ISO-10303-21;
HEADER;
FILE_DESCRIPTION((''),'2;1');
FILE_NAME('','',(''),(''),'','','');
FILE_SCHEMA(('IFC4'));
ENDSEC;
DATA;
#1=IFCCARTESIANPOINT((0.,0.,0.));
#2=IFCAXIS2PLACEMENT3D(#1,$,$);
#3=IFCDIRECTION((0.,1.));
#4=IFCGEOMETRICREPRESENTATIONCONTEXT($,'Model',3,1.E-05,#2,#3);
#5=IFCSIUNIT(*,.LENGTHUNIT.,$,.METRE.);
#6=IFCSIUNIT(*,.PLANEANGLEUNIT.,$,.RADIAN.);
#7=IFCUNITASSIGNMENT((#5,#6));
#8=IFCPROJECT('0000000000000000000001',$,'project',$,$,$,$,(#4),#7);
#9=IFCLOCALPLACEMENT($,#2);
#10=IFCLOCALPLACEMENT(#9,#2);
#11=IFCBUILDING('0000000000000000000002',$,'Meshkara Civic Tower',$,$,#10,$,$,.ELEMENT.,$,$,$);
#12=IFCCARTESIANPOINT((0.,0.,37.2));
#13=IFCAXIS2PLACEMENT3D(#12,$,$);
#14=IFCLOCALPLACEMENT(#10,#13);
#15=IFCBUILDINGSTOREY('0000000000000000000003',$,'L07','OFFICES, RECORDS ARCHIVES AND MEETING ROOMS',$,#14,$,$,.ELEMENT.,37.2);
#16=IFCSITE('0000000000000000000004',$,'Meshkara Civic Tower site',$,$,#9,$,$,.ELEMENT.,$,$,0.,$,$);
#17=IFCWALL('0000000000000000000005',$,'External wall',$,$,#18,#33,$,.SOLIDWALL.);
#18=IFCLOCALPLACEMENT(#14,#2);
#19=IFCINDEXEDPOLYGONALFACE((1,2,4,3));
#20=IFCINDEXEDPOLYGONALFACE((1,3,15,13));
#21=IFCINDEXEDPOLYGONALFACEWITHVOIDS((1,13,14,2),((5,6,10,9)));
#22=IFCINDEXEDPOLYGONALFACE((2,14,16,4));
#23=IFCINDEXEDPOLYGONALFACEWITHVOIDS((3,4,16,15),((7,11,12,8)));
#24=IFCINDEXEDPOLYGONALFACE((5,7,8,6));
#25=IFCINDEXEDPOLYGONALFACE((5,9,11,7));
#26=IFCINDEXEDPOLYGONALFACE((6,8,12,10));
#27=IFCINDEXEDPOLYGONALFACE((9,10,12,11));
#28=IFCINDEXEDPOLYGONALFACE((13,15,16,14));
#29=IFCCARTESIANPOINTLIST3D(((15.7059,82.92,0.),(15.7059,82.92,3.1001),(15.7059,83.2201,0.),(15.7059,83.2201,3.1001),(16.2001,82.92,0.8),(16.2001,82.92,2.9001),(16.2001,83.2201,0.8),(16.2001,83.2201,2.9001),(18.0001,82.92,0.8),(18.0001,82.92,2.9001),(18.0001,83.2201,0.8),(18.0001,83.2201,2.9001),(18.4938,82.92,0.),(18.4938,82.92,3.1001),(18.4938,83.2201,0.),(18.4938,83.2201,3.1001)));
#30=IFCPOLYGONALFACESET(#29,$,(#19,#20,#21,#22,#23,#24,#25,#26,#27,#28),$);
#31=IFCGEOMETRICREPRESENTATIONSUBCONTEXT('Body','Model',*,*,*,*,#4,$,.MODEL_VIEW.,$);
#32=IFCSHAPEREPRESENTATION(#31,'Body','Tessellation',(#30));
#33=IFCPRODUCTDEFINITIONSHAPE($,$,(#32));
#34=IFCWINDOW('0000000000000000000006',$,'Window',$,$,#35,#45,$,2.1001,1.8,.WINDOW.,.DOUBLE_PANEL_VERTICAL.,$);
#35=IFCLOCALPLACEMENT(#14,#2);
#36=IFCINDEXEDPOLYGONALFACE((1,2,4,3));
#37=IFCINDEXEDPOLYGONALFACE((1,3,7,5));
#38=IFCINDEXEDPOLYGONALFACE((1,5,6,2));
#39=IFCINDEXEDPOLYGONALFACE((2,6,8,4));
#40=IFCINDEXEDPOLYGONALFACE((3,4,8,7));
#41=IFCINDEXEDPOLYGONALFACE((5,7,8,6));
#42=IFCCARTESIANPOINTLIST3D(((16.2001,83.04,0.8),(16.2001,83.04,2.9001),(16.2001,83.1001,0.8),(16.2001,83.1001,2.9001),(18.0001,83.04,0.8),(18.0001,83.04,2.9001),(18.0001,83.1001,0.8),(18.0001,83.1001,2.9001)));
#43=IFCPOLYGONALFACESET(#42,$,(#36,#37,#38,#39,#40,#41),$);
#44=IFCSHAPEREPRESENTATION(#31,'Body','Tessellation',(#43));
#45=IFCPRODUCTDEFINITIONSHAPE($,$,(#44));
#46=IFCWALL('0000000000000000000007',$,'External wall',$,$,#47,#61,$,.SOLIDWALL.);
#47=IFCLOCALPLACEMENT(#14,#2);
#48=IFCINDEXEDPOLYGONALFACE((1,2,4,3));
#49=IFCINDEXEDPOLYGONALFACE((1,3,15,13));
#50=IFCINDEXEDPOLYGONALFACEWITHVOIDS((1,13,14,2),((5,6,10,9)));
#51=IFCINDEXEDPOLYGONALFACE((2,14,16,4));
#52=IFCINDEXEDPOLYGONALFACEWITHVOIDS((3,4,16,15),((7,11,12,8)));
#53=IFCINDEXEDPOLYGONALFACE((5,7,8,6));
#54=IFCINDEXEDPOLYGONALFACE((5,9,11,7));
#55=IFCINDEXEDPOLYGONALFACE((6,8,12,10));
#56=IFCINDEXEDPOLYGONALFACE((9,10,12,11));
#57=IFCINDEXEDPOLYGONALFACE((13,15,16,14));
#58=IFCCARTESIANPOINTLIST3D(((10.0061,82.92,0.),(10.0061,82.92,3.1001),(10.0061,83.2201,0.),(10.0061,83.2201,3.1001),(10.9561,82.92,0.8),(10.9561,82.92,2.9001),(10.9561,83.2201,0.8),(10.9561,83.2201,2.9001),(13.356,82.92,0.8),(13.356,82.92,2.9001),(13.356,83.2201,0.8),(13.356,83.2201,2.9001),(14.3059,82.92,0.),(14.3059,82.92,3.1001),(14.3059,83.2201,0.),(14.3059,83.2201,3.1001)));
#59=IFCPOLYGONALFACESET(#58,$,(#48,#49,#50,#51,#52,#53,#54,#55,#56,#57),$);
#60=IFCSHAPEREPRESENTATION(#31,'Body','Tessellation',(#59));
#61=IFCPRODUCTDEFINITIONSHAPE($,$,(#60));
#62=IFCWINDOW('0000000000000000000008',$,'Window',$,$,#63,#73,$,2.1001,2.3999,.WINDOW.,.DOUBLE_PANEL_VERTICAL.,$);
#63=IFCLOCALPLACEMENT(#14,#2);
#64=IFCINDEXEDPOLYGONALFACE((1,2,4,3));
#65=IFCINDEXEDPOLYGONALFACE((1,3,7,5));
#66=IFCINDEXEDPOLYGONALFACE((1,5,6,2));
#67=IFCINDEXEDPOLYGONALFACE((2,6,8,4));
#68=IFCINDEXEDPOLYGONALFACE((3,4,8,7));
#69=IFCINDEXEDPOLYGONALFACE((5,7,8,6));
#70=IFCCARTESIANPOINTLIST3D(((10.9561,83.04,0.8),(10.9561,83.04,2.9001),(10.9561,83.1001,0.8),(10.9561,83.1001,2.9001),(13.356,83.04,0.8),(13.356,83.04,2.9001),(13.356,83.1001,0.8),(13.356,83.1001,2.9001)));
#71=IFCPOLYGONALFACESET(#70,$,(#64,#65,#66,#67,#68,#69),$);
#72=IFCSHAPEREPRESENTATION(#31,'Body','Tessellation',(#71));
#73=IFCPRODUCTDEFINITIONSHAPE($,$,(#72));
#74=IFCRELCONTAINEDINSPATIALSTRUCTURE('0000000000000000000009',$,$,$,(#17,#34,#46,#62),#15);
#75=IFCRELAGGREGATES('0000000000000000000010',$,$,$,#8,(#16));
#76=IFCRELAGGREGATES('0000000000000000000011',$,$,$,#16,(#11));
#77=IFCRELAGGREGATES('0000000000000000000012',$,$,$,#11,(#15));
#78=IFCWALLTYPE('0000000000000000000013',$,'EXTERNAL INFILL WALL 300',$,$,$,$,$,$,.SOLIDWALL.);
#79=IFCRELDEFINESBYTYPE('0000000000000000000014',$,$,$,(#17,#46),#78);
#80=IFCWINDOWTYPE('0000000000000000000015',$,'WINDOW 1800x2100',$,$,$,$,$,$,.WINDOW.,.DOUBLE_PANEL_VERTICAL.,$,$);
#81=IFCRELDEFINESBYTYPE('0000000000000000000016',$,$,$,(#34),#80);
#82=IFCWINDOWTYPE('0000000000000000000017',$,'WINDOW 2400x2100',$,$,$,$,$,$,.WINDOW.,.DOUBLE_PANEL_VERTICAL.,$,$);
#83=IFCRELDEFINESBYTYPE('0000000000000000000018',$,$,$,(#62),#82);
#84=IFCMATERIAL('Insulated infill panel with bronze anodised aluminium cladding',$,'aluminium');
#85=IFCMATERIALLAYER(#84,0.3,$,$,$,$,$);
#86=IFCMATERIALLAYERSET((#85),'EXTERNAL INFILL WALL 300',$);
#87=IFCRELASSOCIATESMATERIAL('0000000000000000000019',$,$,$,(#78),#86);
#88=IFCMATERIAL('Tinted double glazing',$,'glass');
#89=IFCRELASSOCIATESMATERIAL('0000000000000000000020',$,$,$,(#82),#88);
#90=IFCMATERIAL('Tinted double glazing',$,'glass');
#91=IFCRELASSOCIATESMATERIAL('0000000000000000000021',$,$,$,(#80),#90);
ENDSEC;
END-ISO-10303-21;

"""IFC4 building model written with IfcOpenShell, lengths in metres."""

from ifc_helpers import new_model, si_unit, direction, frame, frame_2d, origin, place, context, subcontext, project, spatial, rectangle, extrude, material, layer, layer_set, type_object, element, fill, save


model = new_model("IFC4")

# Units and contexts
model_context = context("Model", 3, precision=1e-05, world=origin(), true_north=direction((0.0, 1.0)))
body_context = subcontext(model_context, "Body", "Model", "MODEL_VIEW")
ifc_project = project(units=[si_unit("LENGTHUNIT", "METRE"), si_unit("PLANEANGLEUNIT", "RADIAN")], contexts=[model_context])

# Site, building, storey
site_placement = place(None, origin())
site = spatial("IfcSite", under=ifc_project, at=site_placement, Name="Meshkara Civic Tower site", CompositionType="ELEMENT", RefElevation=0.0)
building_placement = place(site_placement, origin())
building = spatial("IfcBuilding", under=site, at=building_placement, Name="Meshkara Civic Tower", CompositionType="ELEMENT")
storey_placement = place(building_placement, frame((0.0, 0.0, 37.2)))
storey = spatial("IfcBuildingStorey", under=building, at=storey_placement, Name="L07", Description="OFFICES, RECORDS ARCHIVES AND MEETING ROOMS", CompositionType="ELEMENT", Elevation=37.2)

# Walls, openings, windows
ifc_material_1 = material(Name="Insulated infill panel with bronze anodised aluminium cladding", Category="aluminium")
ifc_layer = layer(ifc_material_1, 0.3)
ifc_layer_set = layer_set([ifc_layer], Name="EXTERNAL INFILL WALL 300")
wall_type = type_object("IfcWallType", Name="EXTERNAL INFILL WALL 300", PredefinedType="SOLIDWALL", material=ifc_layer_set)
ifc_material_2 = material(Name="Tinted double glazing", Category="glass")
window_type_1 = type_object("IfcWindowType", Name="WINDOW 2400x2100", PartitioningType="DOUBLE_PANEL_VERTICAL", PredefinedType="WINDOW", material=ifc_material_2)
ifc_material_3 = material(Name="Tinted double glazing", Category="glass")
window_type_2 = type_object("IfcWindowType", Name="WINDOW 1800x2100", PartitioningType="DOUBLE_PANEL_VERTICAL", PredefinedType="WINDOW", material=ifc_material_3)
wall_1_placement = place(storey_placement, frame((18.4939, 83.0701, 0.0), z_axis=(0.0, 0.0, 1.0), x_axis=(-1.0, 0.0, 0.0)))
wall_1 = element("IfcWall", 1, at=wall_1_placement, inside=storey, type_object=wall_type, Name="External wall", PredefinedType="SOLIDWALL", context=body_context, shape_type="SweptSolid", body=[
    extrude(rectangle(XDim=2.7878, YDim=0.3, at=frame_2d((1.394, 0.0))), origin(), (0.0, 0.0, 1.0), 3.1001),
])
opening_1_placement = place(wall_1_placement, frame((0.4939, 0.0, 0.8)))
opening_1 = element("IfcOpeningElement", 2, at=opening_1_placement, cuts=wall_1, PredefinedType="OPENING", context=body_context, shape_type="SweptSolid", body=[
    extrude(rectangle(XDim=1.8, YDim=2.1001, at=frame_2d((0.8999, 1.05))), frame((0.0, 0.1599, 0.0), z_axis=(0.0, -1.0, 0.0), x_axis=(1.0, 0.0, 0.0)), (0.0, 0.0, 1.0), 0.3201),
])
window_1_placement = place(opening_1_placement, origin())
window_1 = element("IfcWindow", 3, at=window_1_placement, inside=storey, type_object=window_type_2, Name="Window", OverallHeight=2.1001, OverallWidth=1.8, PartitioningType="DOUBLE_PANEL_VERTICAL", PredefinedType="WINDOW", context=body_context, shape_type="SweptSolid", body=[
    extrude(rectangle(XDim=1.8, YDim=2.1001, at=frame_2d((0.8999, 1.05))), frame((0.0, 0.03, 0.0), z_axis=(0.0, -1.0, 0.0), x_axis=(1.0, 0.0, 0.0)), (0.0, 0.0, 1.0), 0.0601),
])
fill(opening_1, window_1)
wall_2_placement = place(storey_placement, frame((14.3059, 83.0701, 0.0), z_axis=(0.0, 0.0, 1.0), x_axis=(-1.0, 0.0, 0.0)))
wall_2 = element("IfcWall", 4, at=wall_2_placement, inside=storey, type_object=wall_type, Name="External wall", PredefinedType="SOLIDWALL", context=body_context, shape_type="SweptSolid", body=[
    extrude(rectangle(XDim=4.2998, YDim=0.3, at=frame_2d((2.1499, 0.0))), origin(), (0.0, 0.0, 1.0), 3.1001),
])
opening_2_placement = place(wall_2_placement, frame((0.95, 0.0, 0.8)))
opening_2 = element("IfcOpeningElement", 5, at=opening_2_placement, cuts=wall_2, PredefinedType="OPENING", context=body_context, shape_type="SweptSolid", body=[
    extrude(rectangle(XDim=2.3999, YDim=2.1001, at=frame_2d((1.2, 1.05))), frame((0.0, 0.1599, 0.0), z_axis=(0.0, -1.0, 0.0), x_axis=(1.0, 0.0, 0.0)), (0.0, 0.0, 1.0), 0.3201),
])
window_2_placement = place(opening_2_placement, origin())
window_2 = element("IfcWindow", 6, at=window_2_placement, inside=storey, type_object=window_type_1, Name="Window", OverallHeight=2.1001, OverallWidth=2.3999, PartitioningType="DOUBLE_PANEL_VERTICAL", PredefinedType="WINDOW", context=body_context, shape_type="SweptSolid", body=[
    extrude(rectangle(XDim=2.3999, YDim=2.1001, at=frame_2d((1.2, 1.05))), frame((0.0, 0.03, 0.0), z_axis=(0.0, -1.0, 0.0), x_axis=(1.0, 0.0, 0.0)), (0.0, 0.0, 1.0), 0.0601),
])
fill(opening_2, window_2)

save(model, "model.ifc")
